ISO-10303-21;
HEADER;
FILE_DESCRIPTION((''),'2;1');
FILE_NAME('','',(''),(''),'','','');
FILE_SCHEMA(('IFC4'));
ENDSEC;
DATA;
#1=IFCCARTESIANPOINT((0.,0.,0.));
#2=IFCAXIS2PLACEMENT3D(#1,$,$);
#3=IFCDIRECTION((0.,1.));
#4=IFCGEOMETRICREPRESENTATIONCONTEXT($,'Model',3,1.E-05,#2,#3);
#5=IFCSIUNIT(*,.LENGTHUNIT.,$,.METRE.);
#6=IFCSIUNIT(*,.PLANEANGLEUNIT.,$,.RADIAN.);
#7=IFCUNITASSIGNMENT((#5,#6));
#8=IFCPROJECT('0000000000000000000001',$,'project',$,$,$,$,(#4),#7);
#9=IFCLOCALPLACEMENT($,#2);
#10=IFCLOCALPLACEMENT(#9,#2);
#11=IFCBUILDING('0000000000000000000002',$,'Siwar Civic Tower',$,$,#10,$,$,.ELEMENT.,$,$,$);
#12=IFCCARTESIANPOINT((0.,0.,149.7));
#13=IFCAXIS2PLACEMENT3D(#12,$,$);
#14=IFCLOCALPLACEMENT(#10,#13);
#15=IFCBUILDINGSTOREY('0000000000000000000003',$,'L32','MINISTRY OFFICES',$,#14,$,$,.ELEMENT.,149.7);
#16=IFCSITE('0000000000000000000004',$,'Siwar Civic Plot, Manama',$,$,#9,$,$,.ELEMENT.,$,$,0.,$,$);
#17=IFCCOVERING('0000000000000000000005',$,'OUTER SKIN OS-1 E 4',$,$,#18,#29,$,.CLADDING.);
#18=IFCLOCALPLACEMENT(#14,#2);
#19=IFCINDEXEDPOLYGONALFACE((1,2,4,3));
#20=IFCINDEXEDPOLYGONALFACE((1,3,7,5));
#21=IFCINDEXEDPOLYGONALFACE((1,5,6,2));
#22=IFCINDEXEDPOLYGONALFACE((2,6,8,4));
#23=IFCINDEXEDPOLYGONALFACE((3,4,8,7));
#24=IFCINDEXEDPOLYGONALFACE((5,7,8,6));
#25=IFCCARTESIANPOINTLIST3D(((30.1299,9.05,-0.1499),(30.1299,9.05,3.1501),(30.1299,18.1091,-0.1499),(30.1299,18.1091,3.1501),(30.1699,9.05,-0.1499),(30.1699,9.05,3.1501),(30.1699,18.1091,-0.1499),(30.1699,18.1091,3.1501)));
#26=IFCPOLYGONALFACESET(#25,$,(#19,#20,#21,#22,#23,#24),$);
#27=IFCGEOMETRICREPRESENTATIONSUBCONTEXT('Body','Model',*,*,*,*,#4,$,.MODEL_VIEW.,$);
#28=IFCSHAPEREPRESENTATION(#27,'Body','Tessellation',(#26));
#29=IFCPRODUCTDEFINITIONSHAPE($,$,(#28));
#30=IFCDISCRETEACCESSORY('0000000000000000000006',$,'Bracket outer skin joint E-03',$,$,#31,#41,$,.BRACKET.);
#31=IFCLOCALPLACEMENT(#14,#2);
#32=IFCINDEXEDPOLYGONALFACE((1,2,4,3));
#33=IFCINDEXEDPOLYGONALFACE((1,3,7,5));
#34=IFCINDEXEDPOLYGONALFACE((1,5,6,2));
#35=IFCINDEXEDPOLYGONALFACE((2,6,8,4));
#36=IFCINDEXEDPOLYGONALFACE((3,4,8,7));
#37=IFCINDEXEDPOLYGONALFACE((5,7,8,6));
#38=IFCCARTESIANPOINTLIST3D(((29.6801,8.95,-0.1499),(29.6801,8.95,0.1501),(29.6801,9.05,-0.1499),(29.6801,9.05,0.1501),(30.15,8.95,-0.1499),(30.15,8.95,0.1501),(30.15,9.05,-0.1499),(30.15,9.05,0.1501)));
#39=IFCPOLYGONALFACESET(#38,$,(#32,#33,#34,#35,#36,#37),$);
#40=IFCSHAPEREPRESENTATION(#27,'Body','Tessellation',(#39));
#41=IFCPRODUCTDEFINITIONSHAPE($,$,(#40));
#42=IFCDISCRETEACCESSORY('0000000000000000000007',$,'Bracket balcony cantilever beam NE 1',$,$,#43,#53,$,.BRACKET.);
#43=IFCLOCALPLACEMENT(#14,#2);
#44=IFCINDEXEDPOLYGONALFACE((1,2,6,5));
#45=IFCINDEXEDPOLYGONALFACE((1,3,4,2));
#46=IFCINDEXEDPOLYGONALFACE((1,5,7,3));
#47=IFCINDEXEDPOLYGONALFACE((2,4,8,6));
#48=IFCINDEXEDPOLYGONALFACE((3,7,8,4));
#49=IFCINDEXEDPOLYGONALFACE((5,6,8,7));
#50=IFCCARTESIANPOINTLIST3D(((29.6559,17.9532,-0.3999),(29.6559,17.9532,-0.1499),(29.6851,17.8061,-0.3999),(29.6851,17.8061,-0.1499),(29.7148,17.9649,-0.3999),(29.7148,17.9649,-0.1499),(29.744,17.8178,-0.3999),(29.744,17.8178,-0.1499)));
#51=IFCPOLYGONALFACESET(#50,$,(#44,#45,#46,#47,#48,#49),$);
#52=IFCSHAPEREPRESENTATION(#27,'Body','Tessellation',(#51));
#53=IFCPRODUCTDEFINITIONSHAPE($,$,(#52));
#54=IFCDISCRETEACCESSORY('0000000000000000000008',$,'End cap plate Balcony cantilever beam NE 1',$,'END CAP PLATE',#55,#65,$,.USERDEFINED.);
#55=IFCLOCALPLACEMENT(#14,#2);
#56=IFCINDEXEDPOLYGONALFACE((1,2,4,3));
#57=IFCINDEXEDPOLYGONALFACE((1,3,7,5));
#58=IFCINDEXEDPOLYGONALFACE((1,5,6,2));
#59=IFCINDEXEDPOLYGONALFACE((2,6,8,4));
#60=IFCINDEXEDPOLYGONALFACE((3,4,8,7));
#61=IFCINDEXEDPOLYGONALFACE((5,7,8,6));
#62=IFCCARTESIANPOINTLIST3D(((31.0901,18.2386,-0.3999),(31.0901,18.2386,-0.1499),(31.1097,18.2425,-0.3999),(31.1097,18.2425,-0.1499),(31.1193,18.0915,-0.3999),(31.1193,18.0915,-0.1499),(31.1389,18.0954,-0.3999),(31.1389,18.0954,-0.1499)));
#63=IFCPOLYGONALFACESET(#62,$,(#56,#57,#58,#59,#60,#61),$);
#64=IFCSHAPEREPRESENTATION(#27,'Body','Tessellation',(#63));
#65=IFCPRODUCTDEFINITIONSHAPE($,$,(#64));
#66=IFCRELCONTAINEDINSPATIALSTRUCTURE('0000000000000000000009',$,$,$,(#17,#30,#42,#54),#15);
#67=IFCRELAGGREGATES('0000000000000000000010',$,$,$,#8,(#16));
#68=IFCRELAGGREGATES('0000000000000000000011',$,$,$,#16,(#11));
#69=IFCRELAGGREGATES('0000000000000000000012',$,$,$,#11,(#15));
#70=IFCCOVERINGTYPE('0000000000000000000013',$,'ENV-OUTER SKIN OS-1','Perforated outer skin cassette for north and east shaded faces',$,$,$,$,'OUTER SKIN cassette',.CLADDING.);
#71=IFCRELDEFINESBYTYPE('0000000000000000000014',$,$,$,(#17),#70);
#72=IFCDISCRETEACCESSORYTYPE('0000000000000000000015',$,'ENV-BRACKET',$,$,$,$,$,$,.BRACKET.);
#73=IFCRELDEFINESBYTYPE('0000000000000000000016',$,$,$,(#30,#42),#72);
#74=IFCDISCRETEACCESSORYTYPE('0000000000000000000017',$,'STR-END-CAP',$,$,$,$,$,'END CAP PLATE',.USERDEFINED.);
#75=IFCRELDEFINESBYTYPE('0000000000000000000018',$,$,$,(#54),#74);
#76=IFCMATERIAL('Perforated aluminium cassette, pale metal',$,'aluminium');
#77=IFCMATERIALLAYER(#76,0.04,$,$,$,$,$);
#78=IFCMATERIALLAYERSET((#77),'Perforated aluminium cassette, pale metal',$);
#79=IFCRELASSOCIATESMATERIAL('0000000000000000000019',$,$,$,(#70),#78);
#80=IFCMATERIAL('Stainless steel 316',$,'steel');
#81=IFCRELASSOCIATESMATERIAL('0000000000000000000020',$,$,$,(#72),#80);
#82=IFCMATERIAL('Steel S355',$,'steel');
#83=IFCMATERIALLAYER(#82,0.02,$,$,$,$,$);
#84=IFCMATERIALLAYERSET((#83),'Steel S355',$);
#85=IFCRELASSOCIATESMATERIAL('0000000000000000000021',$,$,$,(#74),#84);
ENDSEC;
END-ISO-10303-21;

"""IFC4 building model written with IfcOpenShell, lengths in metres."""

from ifc_helpers import new_model, si_unit, direction, frame, origin, origin_2d, place, context, subcontext, project, spatial, rectangle, extrude, material, layer, layer_set, type_object, element, save


model = new_model("IFC4")

# Units and contexts
model_context = context("Model", 3, precision=1e-05, world=origin(), true_north=direction((0.0, 1.0)))
body_context = subcontext(model_context, "Body", "Model", "MODEL_VIEW")
ifc_project = project(units=[si_unit("LENGTHUNIT", "METRE"), si_unit("PLANEANGLEUNIT", "RADIAN")], contexts=[model_context])

# Site, building, storey
site_placement = place(None, origin())
site = spatial("IfcSite", under=ifc_project, at=site_placement, Name="Siwar Civic Plot, Manama", CompositionType="ELEMENT", RefElevation=0.0)
building_placement = place(site_placement, origin())
building = spatial("IfcBuilding", under=site, at=building_placement, Name="Siwar Civic Tower", CompositionType="ELEMENT")
storey_placement = place(building_placement, frame((0.0, 0.0, 149.7)))
storey = spatial("IfcBuildingStorey", under=building, at=storey_placement, Name="L32", Description="MINISTRY OFFICES", CompositionType="ELEMENT", Elevation=149.7)

# Covering
ifc_material_1 = material(Name="Perforated aluminium cassette, pale metal", Category="aluminium")
ifc_layer_1 = layer(ifc_material_1, 0.04)
ifc_layer_set_1 = layer_set([ifc_layer_1], Name="Perforated aluminium cassette, pale metal")
covering_type = type_object("IfcCoveringType", Name="ENV-OUTER SKIN OS-1", Description="Perforated outer skin cassette for north and east shaded faces", ElementType="OUTER SKIN cassette", PredefinedType="CLADDING", material=ifc_layer_set_1)
covering_1_placement = place(storey_placement, frame((30.1499, 13.5796, -0.1499), z_axis=(0.0, 0.0, 1.0), x_axis=(0.0, 1.0, 0.0)))
element("IfcCovering", 1, at=covering_1_placement, inside=storey, type_object=covering_type, Name="OUTER SKIN OS-1 E 4", PredefinedType="CLADDING", context=body_context, shape_type="SweptSolid", body=[
    extrude(rectangle(XDim=9.0591, YDim=0.04, at=origin_2d()), origin(), (0.0, 0.0, 1.0), 3.3),
])

# Discrete accessories
ifc_material_2 = material(Name="Stainless steel 316", Category="steel")
discrete_accessory_type_1 = type_object("IfcDiscreteAccessoryType", Name="ENV-BRACKET", PredefinedType="BRACKET", material=ifc_material_2)
discrete_accessory_1_placement = place(storey_placement, frame((29.915, 9.0, -0.1499), z_axis=(0.0, 0.0, 1.0), x_axis=(1.0, 0.0, 0.0)))
element("IfcDiscreteAccessory", 2, at=discrete_accessory_1_placement, inside=storey, type_object=discrete_accessory_type_1, Name="Bracket outer skin joint E-03", PredefinedType="BRACKET", context=body_context, shape_type="SweptSolid", body=[
    extrude(rectangle(XDim=0.47, YDim=0.1001, at=origin_2d()), origin(), (0.0, 0.0, 1.0), 0.3),
])
discrete_accessory_2_placement = place(storey_placement, frame((29.7, 17.8855, -0.3999), z_axis=(0.0, 0.0, 1.0), x_axis=(0.980785, 0.19509, 0.0)))
element("IfcDiscreteAccessory", 3, at=discrete_accessory_2_placement, inside=storey, type_object=discrete_accessory_type_1, Name="Bracket balcony cantilever beam NE 1", PredefinedType="BRACKET", context=body_context, shape_type="SweptSolid", body=[
    extrude(rectangle(XDim=0.0601, YDim=0.1499, at=origin_2d()), origin(), (0.0, 0.0, 1.0), 0.25),
])
ifc_material_3 = material(Name="Steel S355", Category="steel")
ifc_layer_2 = layer(ifc_material_3, 0.02)
ifc_layer_set_2 = layer_set([ifc_layer_2], Name="Steel S355")
discrete_accessory_type_2 = type_object("IfcDiscreteAccessoryType", Name="STR-END-CAP", ElementType="END CAP PLATE", PredefinedType="USERDEFINED", material=ifc_layer_set_2)
discrete_accessory_3_placement = place(storey_placement, frame((31.1145, 18.167, -0.3999), z_axis=(0.0, 0.0, 1.0), x_axis=(0.980785, 0.19509, 0.0)))
element("IfcDiscreteAccessory", 4, at=discrete_accessory_3_placement, inside=storey, type_object=discrete_accessory_type_2, Name="End cap plate Balcony cantilever beam NE 1", ObjectType="END CAP PLATE", PredefinedType="USERDEFINED", context=body_context, shape_type="SweptSolid", body=[
    extrude(rectangle(XDim=0.02, YDim=0.1499, at=origin_2d()), origin(), (0.0, 0.0, 1.0), 0.25),
])

save(model, "model.ifc")
